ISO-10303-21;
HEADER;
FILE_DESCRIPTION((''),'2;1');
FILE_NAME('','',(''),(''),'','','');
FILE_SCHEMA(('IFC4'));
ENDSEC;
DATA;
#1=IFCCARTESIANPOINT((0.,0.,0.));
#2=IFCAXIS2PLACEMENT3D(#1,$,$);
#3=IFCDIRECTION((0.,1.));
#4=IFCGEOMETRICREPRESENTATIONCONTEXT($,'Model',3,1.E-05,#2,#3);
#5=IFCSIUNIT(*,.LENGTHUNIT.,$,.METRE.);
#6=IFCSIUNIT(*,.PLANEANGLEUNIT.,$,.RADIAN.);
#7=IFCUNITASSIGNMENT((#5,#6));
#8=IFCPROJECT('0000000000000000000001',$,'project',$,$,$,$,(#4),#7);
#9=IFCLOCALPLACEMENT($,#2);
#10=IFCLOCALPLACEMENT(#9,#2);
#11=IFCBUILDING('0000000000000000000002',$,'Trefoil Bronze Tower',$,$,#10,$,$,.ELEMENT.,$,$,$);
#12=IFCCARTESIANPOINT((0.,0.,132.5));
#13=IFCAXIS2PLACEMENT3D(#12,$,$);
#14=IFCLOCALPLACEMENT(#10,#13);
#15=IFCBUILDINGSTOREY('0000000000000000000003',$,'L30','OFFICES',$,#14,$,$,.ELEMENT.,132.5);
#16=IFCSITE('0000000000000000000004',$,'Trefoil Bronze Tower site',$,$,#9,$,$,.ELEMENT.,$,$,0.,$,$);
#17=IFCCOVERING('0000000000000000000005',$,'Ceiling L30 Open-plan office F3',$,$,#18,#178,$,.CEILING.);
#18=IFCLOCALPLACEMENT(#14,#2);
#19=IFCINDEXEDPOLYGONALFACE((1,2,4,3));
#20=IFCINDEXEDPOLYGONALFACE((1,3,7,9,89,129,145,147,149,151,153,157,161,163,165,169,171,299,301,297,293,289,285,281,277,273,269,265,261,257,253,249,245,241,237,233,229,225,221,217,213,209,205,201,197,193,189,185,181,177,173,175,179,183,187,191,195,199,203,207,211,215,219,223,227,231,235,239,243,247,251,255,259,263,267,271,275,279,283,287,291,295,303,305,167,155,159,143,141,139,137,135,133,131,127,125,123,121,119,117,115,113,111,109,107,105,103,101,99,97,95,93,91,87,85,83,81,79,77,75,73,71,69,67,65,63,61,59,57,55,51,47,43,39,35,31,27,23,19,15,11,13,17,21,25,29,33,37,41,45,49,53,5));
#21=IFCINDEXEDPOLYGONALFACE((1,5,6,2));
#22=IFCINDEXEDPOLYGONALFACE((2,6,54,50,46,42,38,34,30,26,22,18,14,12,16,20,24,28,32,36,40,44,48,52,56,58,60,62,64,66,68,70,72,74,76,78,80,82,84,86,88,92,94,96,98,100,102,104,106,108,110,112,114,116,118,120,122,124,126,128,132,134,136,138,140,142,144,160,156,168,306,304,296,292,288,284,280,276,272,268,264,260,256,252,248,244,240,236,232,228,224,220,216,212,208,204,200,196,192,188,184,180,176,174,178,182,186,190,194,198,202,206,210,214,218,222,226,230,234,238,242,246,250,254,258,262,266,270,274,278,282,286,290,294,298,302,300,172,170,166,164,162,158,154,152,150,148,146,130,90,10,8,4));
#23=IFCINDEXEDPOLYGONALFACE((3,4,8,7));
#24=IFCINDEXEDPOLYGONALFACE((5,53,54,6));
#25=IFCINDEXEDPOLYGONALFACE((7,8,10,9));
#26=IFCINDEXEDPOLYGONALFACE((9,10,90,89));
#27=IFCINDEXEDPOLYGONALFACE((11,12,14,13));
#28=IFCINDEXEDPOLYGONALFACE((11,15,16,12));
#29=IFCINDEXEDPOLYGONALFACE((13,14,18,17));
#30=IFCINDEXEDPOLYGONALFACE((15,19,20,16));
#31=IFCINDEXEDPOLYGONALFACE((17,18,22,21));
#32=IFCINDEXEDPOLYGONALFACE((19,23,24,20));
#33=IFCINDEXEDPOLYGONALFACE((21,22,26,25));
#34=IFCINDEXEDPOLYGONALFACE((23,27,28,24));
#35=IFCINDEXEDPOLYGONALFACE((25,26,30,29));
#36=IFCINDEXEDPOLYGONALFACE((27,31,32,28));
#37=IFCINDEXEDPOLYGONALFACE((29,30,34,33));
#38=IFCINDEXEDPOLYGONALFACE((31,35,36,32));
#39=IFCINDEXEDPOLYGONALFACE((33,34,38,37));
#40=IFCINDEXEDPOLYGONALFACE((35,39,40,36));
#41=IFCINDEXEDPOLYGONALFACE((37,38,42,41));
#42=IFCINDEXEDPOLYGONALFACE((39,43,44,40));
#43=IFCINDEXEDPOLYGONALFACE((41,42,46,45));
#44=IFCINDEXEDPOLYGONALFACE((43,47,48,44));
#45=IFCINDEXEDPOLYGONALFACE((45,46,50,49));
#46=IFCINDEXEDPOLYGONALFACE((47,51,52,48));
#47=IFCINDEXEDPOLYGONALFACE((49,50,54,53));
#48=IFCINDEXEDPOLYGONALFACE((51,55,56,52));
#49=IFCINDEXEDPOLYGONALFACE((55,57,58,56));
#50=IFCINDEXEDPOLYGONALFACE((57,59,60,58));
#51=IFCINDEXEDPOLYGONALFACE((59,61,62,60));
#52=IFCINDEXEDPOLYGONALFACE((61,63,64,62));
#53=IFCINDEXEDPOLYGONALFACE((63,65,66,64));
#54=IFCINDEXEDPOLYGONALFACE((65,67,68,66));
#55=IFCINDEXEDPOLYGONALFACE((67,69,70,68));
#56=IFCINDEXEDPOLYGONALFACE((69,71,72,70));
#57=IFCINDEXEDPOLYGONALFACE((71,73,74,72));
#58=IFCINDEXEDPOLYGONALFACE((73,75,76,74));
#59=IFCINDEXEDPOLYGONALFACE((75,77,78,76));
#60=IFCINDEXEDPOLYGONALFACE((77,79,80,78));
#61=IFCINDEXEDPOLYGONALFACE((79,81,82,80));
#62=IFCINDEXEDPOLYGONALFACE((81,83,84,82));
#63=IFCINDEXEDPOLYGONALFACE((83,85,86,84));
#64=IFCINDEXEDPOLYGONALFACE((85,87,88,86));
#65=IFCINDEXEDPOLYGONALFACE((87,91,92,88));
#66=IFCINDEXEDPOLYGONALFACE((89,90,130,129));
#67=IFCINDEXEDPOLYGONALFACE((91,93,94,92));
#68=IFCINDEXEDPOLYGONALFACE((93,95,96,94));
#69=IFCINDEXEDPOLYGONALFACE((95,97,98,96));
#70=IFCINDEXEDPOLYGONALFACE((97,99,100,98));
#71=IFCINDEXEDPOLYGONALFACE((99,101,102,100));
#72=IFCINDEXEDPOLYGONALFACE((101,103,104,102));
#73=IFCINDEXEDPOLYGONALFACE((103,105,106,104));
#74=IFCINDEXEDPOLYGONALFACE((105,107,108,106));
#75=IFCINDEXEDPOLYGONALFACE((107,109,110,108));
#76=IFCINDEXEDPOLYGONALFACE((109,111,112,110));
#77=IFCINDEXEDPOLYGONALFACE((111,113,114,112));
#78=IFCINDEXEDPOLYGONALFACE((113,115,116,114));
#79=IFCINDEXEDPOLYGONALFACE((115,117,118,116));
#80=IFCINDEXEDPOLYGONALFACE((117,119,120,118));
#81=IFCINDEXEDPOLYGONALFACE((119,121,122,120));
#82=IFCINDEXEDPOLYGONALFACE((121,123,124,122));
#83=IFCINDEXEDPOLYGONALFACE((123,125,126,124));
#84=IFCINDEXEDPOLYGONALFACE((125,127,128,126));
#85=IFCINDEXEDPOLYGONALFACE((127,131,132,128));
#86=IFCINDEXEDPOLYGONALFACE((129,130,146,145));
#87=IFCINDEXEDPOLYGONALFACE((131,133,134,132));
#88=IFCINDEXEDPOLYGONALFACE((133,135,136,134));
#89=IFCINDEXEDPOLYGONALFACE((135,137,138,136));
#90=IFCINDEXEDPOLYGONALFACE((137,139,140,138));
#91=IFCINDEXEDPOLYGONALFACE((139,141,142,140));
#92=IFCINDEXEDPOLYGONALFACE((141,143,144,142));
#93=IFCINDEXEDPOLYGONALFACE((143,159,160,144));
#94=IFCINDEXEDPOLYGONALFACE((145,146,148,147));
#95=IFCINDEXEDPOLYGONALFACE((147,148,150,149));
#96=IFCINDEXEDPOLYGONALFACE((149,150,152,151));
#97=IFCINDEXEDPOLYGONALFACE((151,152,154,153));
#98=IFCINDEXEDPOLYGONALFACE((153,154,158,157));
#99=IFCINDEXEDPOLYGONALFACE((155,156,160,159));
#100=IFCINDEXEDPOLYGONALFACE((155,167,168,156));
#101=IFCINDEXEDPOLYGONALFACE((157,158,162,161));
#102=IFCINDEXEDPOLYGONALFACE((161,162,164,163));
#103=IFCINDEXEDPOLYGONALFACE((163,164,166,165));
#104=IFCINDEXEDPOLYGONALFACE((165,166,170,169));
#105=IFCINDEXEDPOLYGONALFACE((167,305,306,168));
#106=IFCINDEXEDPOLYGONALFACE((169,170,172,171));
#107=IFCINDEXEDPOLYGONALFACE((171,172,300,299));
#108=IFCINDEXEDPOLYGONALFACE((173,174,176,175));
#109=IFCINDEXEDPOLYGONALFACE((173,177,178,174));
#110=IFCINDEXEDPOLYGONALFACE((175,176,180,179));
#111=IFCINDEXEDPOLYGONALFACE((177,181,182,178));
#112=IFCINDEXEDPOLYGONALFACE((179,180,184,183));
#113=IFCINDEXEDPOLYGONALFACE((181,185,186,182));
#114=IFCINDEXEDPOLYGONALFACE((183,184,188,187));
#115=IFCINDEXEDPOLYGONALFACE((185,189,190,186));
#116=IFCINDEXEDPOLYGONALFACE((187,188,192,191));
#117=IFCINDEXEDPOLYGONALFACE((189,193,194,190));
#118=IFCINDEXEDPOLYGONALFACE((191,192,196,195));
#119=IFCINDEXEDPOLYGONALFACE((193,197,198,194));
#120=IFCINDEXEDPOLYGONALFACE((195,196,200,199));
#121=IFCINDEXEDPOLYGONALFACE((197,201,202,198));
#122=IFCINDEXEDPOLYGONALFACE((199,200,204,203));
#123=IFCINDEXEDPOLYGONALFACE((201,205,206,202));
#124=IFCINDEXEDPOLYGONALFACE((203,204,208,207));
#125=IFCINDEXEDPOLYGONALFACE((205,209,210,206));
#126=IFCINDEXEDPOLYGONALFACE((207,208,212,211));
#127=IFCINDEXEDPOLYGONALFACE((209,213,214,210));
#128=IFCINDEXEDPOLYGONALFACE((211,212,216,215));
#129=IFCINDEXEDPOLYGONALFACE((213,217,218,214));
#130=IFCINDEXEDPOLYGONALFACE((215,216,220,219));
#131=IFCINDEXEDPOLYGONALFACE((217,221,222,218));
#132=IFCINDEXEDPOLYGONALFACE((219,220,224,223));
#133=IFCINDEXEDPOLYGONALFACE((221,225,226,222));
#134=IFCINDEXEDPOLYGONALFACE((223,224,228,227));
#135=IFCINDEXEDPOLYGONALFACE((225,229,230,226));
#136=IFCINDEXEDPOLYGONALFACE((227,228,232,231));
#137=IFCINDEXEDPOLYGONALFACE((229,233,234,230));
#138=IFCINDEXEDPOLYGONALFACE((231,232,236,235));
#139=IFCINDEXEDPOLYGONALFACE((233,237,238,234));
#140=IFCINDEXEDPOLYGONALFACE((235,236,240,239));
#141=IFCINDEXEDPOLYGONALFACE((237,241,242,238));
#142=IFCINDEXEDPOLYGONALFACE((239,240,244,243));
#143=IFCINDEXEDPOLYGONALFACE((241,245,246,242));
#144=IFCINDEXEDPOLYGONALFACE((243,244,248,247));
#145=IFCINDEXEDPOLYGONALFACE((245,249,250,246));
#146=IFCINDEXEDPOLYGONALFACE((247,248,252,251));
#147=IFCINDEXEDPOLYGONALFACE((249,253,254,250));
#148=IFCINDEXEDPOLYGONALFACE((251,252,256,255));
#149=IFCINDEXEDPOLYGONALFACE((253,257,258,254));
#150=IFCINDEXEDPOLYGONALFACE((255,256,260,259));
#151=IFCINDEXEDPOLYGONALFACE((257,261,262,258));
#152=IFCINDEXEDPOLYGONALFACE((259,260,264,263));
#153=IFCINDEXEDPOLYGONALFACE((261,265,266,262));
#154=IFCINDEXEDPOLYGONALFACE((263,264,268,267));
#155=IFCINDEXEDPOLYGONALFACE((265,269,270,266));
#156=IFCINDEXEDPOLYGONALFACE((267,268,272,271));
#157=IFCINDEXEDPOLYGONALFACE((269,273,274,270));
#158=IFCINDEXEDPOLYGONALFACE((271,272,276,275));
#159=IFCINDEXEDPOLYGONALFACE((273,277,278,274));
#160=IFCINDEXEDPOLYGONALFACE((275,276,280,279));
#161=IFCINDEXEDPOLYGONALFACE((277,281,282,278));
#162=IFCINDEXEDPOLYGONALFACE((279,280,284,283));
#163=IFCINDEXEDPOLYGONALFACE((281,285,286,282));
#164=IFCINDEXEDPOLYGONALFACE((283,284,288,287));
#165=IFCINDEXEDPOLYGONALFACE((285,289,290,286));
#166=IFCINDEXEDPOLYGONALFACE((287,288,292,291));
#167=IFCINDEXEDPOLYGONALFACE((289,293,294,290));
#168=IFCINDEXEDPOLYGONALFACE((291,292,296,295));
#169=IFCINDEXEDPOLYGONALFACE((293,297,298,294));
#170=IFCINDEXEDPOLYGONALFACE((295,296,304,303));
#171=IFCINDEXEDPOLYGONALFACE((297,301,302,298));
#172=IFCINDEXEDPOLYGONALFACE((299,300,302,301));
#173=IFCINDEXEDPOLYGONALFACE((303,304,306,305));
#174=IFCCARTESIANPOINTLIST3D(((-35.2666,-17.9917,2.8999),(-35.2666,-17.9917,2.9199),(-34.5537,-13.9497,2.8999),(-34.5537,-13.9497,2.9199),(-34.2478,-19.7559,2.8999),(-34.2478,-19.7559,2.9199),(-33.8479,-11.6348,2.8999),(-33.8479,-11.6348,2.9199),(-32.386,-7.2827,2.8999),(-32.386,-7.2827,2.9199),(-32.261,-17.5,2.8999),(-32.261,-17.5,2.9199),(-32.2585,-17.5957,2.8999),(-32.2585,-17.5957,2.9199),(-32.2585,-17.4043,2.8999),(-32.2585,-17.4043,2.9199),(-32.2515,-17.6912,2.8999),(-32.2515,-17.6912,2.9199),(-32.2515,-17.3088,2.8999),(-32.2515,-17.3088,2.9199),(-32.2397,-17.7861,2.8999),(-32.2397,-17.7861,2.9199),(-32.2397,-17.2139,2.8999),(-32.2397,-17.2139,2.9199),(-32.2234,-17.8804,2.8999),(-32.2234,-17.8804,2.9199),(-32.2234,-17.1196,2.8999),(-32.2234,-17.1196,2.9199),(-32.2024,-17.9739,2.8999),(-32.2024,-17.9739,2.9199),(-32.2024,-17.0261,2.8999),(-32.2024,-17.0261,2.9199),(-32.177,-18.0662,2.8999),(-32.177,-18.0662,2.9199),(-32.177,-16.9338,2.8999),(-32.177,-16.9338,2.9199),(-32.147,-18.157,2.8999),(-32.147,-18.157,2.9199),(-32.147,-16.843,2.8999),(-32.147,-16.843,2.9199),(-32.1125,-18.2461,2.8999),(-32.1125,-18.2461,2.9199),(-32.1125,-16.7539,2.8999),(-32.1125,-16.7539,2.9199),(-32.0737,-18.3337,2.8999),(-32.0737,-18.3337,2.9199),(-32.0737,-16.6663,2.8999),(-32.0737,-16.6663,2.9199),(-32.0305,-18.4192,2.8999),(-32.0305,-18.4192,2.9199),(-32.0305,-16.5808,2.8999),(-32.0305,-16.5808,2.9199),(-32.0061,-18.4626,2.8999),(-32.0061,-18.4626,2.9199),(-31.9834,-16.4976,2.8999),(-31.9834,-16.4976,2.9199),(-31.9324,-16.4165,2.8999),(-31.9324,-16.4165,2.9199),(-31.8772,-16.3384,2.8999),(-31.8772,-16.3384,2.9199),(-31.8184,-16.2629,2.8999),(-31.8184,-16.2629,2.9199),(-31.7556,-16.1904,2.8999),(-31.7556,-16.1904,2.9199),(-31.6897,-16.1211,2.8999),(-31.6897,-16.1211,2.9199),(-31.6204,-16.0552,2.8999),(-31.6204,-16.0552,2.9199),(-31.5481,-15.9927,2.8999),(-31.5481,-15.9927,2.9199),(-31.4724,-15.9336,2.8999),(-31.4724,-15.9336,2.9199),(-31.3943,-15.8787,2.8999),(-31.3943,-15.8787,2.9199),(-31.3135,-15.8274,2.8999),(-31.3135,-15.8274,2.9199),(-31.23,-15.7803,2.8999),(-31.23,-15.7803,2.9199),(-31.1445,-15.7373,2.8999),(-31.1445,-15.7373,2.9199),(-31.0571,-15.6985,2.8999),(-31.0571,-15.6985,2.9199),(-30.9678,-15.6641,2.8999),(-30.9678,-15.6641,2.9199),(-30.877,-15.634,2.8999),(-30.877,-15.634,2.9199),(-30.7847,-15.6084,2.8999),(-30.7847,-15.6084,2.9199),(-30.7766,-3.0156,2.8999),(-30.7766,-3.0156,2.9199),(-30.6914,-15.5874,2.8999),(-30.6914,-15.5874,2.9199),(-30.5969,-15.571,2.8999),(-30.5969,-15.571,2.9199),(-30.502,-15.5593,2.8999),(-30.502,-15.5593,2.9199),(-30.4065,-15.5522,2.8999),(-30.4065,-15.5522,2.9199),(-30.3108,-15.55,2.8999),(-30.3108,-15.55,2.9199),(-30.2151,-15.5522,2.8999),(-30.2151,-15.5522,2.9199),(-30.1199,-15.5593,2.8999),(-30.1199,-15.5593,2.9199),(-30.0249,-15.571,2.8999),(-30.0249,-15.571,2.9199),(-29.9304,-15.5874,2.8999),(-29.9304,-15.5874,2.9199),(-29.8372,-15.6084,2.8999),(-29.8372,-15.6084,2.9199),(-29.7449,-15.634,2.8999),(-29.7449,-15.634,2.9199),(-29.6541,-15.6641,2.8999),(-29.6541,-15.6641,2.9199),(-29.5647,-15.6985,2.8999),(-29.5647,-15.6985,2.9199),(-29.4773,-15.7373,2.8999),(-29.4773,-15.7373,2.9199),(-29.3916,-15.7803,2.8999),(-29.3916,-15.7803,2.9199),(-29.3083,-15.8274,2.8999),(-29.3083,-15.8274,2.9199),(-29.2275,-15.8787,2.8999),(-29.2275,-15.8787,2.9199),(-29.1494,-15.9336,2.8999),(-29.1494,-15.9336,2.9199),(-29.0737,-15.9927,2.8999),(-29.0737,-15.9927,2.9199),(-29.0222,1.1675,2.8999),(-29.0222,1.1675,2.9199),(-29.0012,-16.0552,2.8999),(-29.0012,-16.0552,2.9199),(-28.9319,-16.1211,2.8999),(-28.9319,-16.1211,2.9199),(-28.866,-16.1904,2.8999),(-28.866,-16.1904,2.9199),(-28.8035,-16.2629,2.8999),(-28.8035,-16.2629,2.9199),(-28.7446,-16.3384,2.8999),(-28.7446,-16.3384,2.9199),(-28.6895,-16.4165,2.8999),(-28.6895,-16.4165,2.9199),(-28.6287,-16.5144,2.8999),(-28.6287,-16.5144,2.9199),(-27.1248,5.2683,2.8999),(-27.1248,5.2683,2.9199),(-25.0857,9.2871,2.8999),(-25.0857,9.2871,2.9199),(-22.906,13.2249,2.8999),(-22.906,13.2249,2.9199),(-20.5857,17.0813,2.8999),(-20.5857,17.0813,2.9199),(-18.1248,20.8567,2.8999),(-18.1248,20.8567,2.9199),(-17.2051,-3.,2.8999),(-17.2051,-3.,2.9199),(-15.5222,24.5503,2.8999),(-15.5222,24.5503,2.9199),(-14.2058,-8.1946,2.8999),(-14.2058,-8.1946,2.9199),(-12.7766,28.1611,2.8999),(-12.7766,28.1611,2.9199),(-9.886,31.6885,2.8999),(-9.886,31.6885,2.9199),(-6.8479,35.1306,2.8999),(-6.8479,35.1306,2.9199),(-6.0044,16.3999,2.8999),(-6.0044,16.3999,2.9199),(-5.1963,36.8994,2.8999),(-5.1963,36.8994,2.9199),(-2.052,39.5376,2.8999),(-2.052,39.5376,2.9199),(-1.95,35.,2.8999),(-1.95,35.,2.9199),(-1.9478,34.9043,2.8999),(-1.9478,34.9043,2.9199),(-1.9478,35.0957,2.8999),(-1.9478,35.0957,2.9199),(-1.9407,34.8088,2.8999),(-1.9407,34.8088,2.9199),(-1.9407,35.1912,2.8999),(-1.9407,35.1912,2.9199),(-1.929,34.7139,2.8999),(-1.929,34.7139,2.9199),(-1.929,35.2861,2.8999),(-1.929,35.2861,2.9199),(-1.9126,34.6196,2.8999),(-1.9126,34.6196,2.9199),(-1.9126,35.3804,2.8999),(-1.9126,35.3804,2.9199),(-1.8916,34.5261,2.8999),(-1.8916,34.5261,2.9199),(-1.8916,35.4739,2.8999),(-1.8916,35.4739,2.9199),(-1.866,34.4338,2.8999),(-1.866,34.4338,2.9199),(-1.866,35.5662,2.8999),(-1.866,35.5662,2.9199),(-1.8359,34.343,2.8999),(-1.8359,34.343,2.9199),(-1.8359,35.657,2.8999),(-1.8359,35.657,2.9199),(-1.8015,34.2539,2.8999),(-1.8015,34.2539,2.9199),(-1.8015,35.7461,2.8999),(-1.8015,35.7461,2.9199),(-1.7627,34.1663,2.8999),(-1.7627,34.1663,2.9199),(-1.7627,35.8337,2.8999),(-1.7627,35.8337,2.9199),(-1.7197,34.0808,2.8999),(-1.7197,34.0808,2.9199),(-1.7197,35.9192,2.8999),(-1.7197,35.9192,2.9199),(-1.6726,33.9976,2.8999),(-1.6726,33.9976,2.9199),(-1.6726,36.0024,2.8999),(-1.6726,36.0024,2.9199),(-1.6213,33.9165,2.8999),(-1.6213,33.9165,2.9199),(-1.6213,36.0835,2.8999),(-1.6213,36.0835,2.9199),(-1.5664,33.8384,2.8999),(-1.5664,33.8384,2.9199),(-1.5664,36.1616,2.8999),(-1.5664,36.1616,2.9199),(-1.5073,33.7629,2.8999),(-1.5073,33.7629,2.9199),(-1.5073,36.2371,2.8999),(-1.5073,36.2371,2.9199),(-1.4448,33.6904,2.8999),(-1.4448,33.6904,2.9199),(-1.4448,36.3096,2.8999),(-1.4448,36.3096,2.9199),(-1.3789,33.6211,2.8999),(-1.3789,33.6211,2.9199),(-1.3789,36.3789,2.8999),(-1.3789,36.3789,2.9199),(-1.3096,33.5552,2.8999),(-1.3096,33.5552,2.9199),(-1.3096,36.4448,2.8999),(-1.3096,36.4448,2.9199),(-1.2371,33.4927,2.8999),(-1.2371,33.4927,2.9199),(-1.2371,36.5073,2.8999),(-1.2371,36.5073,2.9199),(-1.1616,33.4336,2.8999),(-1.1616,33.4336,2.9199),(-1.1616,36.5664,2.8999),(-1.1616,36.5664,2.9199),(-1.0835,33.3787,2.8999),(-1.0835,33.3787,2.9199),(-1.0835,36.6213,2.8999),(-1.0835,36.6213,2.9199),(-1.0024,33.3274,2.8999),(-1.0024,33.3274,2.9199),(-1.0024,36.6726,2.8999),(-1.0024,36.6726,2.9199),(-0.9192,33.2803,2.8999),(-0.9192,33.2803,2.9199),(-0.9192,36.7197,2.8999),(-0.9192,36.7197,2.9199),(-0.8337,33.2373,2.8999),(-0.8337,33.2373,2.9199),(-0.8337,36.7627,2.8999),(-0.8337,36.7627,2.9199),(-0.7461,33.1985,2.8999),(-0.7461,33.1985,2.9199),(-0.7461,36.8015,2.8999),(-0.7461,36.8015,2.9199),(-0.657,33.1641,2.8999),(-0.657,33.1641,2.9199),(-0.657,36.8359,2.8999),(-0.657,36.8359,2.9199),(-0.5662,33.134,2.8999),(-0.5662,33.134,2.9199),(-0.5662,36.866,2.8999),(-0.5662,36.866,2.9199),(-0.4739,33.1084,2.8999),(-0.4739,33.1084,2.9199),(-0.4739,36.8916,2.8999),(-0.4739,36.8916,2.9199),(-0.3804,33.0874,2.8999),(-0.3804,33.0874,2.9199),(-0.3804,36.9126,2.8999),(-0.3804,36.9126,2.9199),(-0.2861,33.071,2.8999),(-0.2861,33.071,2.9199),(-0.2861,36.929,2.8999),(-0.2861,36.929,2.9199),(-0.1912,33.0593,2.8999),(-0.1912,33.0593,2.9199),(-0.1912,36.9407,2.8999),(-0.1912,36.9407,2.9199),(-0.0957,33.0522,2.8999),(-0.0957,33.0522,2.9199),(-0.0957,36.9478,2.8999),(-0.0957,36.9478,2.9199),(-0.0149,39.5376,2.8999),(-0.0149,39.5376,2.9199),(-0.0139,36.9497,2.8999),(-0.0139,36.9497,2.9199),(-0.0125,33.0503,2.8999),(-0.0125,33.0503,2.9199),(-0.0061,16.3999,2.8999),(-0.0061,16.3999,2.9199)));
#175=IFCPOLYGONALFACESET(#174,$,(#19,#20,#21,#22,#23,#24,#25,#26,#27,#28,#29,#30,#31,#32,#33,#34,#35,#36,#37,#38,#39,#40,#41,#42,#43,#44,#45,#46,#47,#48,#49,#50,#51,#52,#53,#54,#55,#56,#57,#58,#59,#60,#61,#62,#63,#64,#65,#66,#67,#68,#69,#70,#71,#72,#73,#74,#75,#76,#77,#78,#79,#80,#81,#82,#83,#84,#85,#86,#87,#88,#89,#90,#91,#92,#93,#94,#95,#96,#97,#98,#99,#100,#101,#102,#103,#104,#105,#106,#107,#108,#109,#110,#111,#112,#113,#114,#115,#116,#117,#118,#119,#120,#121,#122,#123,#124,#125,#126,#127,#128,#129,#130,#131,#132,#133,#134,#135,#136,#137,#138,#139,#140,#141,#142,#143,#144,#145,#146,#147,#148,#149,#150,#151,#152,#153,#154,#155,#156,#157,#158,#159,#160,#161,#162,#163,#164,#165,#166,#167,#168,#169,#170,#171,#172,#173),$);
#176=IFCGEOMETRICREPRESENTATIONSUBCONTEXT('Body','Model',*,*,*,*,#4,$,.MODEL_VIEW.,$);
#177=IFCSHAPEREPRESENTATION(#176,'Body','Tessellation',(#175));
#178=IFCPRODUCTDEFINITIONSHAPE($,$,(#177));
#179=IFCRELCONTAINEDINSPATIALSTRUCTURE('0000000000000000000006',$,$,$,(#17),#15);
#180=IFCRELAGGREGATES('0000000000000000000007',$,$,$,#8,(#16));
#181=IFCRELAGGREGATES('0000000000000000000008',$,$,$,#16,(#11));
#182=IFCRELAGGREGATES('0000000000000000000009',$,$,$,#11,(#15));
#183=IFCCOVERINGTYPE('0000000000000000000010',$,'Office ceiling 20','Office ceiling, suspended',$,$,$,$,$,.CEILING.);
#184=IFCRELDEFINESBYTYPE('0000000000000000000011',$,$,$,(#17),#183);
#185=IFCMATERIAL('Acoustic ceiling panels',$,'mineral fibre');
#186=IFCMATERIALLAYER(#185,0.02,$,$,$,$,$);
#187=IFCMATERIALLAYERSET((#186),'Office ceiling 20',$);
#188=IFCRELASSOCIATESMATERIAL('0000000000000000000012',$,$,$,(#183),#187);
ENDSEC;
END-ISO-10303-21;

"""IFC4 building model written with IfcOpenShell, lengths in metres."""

from ifc_helpers import new_model, si_unit, direction, frame, origin, place, context, subcontext, project, spatial, polyline, outline, extrude, material, layer, layer_set, type_object, element, save


model = new_model("IFC4")

# Units and contexts
model_context = context("Model", 3, precision=1e-05, world=origin(), true_north=direction((0.0, 1.0)))
body_context = subcontext(model_context, "Body", "Model", "MODEL_VIEW")
ifc_project = project(units=[si_unit("LENGTHUNIT", "METRE"), si_unit("PLANEANGLEUNIT", "RADIAN")], contexts=[model_context])

# Site, building, storey
site_placement = place(None, origin())
site = spatial("IfcSite", under=ifc_project, at=site_placement, Name="Trefoil Bronze Tower site", CompositionType="ELEMENT", RefElevation=0.0)
building_placement = place(site_placement, origin())
building = spatial("IfcBuilding", under=site, at=building_placement, Name="Trefoil Bronze Tower", CompositionType="ELEMENT")
storey_placement = place(building_placement, frame((0.0, 0.0, 132.5)))
storey = spatial("IfcBuildingStorey", under=building, at=storey_placement, Name="L30", Description="OFFICES", CompositionType="ELEMENT", Elevation=132.5)

# Covering
ifc_material_1 = material(Name="Acoustic ceiling panels", Category="mineral fibre")
ifc_layer_1 = layer(ifc_material_1, 0.02)
ifc_layer_set_1 = layer_set([ifc_layer_1], Name="Office ceiling 20")
covering_type_1 = type_object("IfcCoveringType", Name="Office ceiling 20", Description="Office ceiling, suspended", PredefinedType="CEILING", material=ifc_layer_set_1)
covering_1_placement = place(storey_placement, frame((0.0, 0.0, 2.8999)))
element("IfcCovering", 1, at=covering_1_placement, inside=storey, type_object=covering_type_1, Name="Ceiling L30 Open-plan office F3", PredefinedType="CEILING", context=body_context, shape_type="SweptSolid", body=[
    extrude(outline(polyline([(-33.8479, -11.6348), (-32.386, -7.2827), (-30.7766, -3.0156), (-29.0222, 1.1675), (-27.1248, 5.2683), (-25.0857, 9.2871), (-22.906, 13.2249), (-20.5857, 17.0813), (-18.1248, 20.8567), (-15.5222, 24.5503), (-12.7766, 28.1611), (-9.886, 31.6885), (-6.8479, 35.1306), (-5.1963, 36.8994), (-2.052, 39.5376), (-0.0149, 39.5376), (-0.0139, 36.9497), (-0.0957, 36.9478), (-0.1912, 36.9407), (-0.2861, 36.929), (-0.3804, 36.9126), (-0.4739, 36.8916), (-0.5662, 36.866), (-0.657, 36.8359), (-0.7461, 36.8015), (-0.8337, 36.7627), (-0.9192, 36.7197), (-1.0024, 36.6726), (-1.0835, 36.6213), (-1.1616, 36.5664), (-1.2371, 36.5073), (-1.3096, 36.4448), (-1.3789, 36.3789), (-1.4448, 36.3096), (-1.5073, 36.2371), (-1.5664, 36.1616), (-1.6213, 36.0835), (-1.6726, 36.0024), (-1.7197, 35.9192), (-1.7627, 35.8337), (-1.8015, 35.7461), (-1.8359, 35.657), (-1.866, 35.5662), (-1.8916, 35.4739), (-1.9126, 35.3804), (-1.929, 35.2861), (-1.9407, 35.1912), (-1.9478, 35.0957), (-1.95, 35.0), (-1.9478, 34.9043), (-1.9407, 34.8088), (-1.929, 34.7139), (-1.9126, 34.6196), (-1.8916, 34.5261), (-1.866, 34.4338), (-1.8359, 34.343), (-1.8015, 34.2539), (-1.7627, 34.1663), (-1.7197, 34.0808), (-1.6726, 33.9976), (-1.6213, 33.9165), (-1.5664, 33.8384), (-1.5073, 33.7629), (-1.4448, 33.6904), (-1.3789, 33.6211), (-1.3096, 33.5552), (-1.2371, 33.4927), (-1.1616, 33.4336), (-1.0835, 33.3787), (-1.0024, 33.3274), (-0.9192, 33.2803), (-0.8337, 33.2373), (-0.7461, 33.1985), (-0.657, 33.1641), (-0.5662, 33.134), (-0.4739, 33.1084), (-0.3804, 33.0874), (-0.2861, 33.071), (-0.1912, 33.0593), (-0.0957, 33.0522), (-0.0125, 33.0503), (-0.0061, 16.3999), (-6.0044, 16.3999), (-17.2051, -3.0), (-14.2058, -8.1946), (-28.6287, -16.5144), (-28.6895, -16.4165), (-28.7446, -16.3384), (-28.8035, -16.2629), (-28.866, -16.1904), (-28.9319, -16.1211), (-29.0012, -16.0552), (-29.0737, -15.9927), (-29.1494, -15.9336), (-29.2275, -15.8787), (-29.3083, -15.8274), (-29.3916, -15.7803), (-29.4773, -15.7373), (-29.5647, -15.6985), (-29.6541, -15.6641), (-29.7449, -15.634), (-29.8372, -15.6084), (-29.9304, -15.5874), (-30.0249, -15.571), (-30.1199, -15.5593), (-30.2151, -15.5522), (-30.3108, -15.55), (-30.4065, -15.5522), (-30.502, -15.5593), (-30.5969, -15.571), (-30.6914, -15.5874), (-30.7847, -15.6084), (-30.877, -15.634), (-30.9678, -15.6641), (-31.0571, -15.6985), (-31.1445, -15.7373), (-31.23, -15.7803), (-31.3135, -15.8274), (-31.3943, -15.8787), (-31.4724, -15.9336), (-31.5481, -15.9927), (-31.6204, -16.0552), (-31.6897, -16.1211), (-31.7556, -16.1904), (-31.8184, -16.2629), (-31.8772, -16.3384), (-31.9324, -16.4165), (-31.9834, -16.4976), (-32.0305, -16.5808), (-32.0737, -16.6663), (-32.1125, -16.7539), (-32.147, -16.843), (-32.177, -16.9338), (-32.2024, -17.0261), (-32.2234, -17.1196), (-32.2397, -17.2139), (-32.2515, -17.3088), (-32.2585, -17.4043), (-32.261, -17.5), (-32.2585, -17.5957), (-32.2515, -17.6912), (-32.2397, -17.7861), (-32.2234, -17.8804), (-32.2024, -17.9739), (-32.177, -18.0662), (-32.147, -18.157), (-32.1125, -18.2461), (-32.0737, -18.3337), (-32.0305, -18.4192), (-32.0061, -18.4626), (-34.2478, -19.7559), (-35.2666, -17.9917), (-34.5537, -13.9497), (-33.8479, -11.6348)])), origin(), (0.0, 0.0, 1.0), 0.02),
])

save(model, "model.ifc")
